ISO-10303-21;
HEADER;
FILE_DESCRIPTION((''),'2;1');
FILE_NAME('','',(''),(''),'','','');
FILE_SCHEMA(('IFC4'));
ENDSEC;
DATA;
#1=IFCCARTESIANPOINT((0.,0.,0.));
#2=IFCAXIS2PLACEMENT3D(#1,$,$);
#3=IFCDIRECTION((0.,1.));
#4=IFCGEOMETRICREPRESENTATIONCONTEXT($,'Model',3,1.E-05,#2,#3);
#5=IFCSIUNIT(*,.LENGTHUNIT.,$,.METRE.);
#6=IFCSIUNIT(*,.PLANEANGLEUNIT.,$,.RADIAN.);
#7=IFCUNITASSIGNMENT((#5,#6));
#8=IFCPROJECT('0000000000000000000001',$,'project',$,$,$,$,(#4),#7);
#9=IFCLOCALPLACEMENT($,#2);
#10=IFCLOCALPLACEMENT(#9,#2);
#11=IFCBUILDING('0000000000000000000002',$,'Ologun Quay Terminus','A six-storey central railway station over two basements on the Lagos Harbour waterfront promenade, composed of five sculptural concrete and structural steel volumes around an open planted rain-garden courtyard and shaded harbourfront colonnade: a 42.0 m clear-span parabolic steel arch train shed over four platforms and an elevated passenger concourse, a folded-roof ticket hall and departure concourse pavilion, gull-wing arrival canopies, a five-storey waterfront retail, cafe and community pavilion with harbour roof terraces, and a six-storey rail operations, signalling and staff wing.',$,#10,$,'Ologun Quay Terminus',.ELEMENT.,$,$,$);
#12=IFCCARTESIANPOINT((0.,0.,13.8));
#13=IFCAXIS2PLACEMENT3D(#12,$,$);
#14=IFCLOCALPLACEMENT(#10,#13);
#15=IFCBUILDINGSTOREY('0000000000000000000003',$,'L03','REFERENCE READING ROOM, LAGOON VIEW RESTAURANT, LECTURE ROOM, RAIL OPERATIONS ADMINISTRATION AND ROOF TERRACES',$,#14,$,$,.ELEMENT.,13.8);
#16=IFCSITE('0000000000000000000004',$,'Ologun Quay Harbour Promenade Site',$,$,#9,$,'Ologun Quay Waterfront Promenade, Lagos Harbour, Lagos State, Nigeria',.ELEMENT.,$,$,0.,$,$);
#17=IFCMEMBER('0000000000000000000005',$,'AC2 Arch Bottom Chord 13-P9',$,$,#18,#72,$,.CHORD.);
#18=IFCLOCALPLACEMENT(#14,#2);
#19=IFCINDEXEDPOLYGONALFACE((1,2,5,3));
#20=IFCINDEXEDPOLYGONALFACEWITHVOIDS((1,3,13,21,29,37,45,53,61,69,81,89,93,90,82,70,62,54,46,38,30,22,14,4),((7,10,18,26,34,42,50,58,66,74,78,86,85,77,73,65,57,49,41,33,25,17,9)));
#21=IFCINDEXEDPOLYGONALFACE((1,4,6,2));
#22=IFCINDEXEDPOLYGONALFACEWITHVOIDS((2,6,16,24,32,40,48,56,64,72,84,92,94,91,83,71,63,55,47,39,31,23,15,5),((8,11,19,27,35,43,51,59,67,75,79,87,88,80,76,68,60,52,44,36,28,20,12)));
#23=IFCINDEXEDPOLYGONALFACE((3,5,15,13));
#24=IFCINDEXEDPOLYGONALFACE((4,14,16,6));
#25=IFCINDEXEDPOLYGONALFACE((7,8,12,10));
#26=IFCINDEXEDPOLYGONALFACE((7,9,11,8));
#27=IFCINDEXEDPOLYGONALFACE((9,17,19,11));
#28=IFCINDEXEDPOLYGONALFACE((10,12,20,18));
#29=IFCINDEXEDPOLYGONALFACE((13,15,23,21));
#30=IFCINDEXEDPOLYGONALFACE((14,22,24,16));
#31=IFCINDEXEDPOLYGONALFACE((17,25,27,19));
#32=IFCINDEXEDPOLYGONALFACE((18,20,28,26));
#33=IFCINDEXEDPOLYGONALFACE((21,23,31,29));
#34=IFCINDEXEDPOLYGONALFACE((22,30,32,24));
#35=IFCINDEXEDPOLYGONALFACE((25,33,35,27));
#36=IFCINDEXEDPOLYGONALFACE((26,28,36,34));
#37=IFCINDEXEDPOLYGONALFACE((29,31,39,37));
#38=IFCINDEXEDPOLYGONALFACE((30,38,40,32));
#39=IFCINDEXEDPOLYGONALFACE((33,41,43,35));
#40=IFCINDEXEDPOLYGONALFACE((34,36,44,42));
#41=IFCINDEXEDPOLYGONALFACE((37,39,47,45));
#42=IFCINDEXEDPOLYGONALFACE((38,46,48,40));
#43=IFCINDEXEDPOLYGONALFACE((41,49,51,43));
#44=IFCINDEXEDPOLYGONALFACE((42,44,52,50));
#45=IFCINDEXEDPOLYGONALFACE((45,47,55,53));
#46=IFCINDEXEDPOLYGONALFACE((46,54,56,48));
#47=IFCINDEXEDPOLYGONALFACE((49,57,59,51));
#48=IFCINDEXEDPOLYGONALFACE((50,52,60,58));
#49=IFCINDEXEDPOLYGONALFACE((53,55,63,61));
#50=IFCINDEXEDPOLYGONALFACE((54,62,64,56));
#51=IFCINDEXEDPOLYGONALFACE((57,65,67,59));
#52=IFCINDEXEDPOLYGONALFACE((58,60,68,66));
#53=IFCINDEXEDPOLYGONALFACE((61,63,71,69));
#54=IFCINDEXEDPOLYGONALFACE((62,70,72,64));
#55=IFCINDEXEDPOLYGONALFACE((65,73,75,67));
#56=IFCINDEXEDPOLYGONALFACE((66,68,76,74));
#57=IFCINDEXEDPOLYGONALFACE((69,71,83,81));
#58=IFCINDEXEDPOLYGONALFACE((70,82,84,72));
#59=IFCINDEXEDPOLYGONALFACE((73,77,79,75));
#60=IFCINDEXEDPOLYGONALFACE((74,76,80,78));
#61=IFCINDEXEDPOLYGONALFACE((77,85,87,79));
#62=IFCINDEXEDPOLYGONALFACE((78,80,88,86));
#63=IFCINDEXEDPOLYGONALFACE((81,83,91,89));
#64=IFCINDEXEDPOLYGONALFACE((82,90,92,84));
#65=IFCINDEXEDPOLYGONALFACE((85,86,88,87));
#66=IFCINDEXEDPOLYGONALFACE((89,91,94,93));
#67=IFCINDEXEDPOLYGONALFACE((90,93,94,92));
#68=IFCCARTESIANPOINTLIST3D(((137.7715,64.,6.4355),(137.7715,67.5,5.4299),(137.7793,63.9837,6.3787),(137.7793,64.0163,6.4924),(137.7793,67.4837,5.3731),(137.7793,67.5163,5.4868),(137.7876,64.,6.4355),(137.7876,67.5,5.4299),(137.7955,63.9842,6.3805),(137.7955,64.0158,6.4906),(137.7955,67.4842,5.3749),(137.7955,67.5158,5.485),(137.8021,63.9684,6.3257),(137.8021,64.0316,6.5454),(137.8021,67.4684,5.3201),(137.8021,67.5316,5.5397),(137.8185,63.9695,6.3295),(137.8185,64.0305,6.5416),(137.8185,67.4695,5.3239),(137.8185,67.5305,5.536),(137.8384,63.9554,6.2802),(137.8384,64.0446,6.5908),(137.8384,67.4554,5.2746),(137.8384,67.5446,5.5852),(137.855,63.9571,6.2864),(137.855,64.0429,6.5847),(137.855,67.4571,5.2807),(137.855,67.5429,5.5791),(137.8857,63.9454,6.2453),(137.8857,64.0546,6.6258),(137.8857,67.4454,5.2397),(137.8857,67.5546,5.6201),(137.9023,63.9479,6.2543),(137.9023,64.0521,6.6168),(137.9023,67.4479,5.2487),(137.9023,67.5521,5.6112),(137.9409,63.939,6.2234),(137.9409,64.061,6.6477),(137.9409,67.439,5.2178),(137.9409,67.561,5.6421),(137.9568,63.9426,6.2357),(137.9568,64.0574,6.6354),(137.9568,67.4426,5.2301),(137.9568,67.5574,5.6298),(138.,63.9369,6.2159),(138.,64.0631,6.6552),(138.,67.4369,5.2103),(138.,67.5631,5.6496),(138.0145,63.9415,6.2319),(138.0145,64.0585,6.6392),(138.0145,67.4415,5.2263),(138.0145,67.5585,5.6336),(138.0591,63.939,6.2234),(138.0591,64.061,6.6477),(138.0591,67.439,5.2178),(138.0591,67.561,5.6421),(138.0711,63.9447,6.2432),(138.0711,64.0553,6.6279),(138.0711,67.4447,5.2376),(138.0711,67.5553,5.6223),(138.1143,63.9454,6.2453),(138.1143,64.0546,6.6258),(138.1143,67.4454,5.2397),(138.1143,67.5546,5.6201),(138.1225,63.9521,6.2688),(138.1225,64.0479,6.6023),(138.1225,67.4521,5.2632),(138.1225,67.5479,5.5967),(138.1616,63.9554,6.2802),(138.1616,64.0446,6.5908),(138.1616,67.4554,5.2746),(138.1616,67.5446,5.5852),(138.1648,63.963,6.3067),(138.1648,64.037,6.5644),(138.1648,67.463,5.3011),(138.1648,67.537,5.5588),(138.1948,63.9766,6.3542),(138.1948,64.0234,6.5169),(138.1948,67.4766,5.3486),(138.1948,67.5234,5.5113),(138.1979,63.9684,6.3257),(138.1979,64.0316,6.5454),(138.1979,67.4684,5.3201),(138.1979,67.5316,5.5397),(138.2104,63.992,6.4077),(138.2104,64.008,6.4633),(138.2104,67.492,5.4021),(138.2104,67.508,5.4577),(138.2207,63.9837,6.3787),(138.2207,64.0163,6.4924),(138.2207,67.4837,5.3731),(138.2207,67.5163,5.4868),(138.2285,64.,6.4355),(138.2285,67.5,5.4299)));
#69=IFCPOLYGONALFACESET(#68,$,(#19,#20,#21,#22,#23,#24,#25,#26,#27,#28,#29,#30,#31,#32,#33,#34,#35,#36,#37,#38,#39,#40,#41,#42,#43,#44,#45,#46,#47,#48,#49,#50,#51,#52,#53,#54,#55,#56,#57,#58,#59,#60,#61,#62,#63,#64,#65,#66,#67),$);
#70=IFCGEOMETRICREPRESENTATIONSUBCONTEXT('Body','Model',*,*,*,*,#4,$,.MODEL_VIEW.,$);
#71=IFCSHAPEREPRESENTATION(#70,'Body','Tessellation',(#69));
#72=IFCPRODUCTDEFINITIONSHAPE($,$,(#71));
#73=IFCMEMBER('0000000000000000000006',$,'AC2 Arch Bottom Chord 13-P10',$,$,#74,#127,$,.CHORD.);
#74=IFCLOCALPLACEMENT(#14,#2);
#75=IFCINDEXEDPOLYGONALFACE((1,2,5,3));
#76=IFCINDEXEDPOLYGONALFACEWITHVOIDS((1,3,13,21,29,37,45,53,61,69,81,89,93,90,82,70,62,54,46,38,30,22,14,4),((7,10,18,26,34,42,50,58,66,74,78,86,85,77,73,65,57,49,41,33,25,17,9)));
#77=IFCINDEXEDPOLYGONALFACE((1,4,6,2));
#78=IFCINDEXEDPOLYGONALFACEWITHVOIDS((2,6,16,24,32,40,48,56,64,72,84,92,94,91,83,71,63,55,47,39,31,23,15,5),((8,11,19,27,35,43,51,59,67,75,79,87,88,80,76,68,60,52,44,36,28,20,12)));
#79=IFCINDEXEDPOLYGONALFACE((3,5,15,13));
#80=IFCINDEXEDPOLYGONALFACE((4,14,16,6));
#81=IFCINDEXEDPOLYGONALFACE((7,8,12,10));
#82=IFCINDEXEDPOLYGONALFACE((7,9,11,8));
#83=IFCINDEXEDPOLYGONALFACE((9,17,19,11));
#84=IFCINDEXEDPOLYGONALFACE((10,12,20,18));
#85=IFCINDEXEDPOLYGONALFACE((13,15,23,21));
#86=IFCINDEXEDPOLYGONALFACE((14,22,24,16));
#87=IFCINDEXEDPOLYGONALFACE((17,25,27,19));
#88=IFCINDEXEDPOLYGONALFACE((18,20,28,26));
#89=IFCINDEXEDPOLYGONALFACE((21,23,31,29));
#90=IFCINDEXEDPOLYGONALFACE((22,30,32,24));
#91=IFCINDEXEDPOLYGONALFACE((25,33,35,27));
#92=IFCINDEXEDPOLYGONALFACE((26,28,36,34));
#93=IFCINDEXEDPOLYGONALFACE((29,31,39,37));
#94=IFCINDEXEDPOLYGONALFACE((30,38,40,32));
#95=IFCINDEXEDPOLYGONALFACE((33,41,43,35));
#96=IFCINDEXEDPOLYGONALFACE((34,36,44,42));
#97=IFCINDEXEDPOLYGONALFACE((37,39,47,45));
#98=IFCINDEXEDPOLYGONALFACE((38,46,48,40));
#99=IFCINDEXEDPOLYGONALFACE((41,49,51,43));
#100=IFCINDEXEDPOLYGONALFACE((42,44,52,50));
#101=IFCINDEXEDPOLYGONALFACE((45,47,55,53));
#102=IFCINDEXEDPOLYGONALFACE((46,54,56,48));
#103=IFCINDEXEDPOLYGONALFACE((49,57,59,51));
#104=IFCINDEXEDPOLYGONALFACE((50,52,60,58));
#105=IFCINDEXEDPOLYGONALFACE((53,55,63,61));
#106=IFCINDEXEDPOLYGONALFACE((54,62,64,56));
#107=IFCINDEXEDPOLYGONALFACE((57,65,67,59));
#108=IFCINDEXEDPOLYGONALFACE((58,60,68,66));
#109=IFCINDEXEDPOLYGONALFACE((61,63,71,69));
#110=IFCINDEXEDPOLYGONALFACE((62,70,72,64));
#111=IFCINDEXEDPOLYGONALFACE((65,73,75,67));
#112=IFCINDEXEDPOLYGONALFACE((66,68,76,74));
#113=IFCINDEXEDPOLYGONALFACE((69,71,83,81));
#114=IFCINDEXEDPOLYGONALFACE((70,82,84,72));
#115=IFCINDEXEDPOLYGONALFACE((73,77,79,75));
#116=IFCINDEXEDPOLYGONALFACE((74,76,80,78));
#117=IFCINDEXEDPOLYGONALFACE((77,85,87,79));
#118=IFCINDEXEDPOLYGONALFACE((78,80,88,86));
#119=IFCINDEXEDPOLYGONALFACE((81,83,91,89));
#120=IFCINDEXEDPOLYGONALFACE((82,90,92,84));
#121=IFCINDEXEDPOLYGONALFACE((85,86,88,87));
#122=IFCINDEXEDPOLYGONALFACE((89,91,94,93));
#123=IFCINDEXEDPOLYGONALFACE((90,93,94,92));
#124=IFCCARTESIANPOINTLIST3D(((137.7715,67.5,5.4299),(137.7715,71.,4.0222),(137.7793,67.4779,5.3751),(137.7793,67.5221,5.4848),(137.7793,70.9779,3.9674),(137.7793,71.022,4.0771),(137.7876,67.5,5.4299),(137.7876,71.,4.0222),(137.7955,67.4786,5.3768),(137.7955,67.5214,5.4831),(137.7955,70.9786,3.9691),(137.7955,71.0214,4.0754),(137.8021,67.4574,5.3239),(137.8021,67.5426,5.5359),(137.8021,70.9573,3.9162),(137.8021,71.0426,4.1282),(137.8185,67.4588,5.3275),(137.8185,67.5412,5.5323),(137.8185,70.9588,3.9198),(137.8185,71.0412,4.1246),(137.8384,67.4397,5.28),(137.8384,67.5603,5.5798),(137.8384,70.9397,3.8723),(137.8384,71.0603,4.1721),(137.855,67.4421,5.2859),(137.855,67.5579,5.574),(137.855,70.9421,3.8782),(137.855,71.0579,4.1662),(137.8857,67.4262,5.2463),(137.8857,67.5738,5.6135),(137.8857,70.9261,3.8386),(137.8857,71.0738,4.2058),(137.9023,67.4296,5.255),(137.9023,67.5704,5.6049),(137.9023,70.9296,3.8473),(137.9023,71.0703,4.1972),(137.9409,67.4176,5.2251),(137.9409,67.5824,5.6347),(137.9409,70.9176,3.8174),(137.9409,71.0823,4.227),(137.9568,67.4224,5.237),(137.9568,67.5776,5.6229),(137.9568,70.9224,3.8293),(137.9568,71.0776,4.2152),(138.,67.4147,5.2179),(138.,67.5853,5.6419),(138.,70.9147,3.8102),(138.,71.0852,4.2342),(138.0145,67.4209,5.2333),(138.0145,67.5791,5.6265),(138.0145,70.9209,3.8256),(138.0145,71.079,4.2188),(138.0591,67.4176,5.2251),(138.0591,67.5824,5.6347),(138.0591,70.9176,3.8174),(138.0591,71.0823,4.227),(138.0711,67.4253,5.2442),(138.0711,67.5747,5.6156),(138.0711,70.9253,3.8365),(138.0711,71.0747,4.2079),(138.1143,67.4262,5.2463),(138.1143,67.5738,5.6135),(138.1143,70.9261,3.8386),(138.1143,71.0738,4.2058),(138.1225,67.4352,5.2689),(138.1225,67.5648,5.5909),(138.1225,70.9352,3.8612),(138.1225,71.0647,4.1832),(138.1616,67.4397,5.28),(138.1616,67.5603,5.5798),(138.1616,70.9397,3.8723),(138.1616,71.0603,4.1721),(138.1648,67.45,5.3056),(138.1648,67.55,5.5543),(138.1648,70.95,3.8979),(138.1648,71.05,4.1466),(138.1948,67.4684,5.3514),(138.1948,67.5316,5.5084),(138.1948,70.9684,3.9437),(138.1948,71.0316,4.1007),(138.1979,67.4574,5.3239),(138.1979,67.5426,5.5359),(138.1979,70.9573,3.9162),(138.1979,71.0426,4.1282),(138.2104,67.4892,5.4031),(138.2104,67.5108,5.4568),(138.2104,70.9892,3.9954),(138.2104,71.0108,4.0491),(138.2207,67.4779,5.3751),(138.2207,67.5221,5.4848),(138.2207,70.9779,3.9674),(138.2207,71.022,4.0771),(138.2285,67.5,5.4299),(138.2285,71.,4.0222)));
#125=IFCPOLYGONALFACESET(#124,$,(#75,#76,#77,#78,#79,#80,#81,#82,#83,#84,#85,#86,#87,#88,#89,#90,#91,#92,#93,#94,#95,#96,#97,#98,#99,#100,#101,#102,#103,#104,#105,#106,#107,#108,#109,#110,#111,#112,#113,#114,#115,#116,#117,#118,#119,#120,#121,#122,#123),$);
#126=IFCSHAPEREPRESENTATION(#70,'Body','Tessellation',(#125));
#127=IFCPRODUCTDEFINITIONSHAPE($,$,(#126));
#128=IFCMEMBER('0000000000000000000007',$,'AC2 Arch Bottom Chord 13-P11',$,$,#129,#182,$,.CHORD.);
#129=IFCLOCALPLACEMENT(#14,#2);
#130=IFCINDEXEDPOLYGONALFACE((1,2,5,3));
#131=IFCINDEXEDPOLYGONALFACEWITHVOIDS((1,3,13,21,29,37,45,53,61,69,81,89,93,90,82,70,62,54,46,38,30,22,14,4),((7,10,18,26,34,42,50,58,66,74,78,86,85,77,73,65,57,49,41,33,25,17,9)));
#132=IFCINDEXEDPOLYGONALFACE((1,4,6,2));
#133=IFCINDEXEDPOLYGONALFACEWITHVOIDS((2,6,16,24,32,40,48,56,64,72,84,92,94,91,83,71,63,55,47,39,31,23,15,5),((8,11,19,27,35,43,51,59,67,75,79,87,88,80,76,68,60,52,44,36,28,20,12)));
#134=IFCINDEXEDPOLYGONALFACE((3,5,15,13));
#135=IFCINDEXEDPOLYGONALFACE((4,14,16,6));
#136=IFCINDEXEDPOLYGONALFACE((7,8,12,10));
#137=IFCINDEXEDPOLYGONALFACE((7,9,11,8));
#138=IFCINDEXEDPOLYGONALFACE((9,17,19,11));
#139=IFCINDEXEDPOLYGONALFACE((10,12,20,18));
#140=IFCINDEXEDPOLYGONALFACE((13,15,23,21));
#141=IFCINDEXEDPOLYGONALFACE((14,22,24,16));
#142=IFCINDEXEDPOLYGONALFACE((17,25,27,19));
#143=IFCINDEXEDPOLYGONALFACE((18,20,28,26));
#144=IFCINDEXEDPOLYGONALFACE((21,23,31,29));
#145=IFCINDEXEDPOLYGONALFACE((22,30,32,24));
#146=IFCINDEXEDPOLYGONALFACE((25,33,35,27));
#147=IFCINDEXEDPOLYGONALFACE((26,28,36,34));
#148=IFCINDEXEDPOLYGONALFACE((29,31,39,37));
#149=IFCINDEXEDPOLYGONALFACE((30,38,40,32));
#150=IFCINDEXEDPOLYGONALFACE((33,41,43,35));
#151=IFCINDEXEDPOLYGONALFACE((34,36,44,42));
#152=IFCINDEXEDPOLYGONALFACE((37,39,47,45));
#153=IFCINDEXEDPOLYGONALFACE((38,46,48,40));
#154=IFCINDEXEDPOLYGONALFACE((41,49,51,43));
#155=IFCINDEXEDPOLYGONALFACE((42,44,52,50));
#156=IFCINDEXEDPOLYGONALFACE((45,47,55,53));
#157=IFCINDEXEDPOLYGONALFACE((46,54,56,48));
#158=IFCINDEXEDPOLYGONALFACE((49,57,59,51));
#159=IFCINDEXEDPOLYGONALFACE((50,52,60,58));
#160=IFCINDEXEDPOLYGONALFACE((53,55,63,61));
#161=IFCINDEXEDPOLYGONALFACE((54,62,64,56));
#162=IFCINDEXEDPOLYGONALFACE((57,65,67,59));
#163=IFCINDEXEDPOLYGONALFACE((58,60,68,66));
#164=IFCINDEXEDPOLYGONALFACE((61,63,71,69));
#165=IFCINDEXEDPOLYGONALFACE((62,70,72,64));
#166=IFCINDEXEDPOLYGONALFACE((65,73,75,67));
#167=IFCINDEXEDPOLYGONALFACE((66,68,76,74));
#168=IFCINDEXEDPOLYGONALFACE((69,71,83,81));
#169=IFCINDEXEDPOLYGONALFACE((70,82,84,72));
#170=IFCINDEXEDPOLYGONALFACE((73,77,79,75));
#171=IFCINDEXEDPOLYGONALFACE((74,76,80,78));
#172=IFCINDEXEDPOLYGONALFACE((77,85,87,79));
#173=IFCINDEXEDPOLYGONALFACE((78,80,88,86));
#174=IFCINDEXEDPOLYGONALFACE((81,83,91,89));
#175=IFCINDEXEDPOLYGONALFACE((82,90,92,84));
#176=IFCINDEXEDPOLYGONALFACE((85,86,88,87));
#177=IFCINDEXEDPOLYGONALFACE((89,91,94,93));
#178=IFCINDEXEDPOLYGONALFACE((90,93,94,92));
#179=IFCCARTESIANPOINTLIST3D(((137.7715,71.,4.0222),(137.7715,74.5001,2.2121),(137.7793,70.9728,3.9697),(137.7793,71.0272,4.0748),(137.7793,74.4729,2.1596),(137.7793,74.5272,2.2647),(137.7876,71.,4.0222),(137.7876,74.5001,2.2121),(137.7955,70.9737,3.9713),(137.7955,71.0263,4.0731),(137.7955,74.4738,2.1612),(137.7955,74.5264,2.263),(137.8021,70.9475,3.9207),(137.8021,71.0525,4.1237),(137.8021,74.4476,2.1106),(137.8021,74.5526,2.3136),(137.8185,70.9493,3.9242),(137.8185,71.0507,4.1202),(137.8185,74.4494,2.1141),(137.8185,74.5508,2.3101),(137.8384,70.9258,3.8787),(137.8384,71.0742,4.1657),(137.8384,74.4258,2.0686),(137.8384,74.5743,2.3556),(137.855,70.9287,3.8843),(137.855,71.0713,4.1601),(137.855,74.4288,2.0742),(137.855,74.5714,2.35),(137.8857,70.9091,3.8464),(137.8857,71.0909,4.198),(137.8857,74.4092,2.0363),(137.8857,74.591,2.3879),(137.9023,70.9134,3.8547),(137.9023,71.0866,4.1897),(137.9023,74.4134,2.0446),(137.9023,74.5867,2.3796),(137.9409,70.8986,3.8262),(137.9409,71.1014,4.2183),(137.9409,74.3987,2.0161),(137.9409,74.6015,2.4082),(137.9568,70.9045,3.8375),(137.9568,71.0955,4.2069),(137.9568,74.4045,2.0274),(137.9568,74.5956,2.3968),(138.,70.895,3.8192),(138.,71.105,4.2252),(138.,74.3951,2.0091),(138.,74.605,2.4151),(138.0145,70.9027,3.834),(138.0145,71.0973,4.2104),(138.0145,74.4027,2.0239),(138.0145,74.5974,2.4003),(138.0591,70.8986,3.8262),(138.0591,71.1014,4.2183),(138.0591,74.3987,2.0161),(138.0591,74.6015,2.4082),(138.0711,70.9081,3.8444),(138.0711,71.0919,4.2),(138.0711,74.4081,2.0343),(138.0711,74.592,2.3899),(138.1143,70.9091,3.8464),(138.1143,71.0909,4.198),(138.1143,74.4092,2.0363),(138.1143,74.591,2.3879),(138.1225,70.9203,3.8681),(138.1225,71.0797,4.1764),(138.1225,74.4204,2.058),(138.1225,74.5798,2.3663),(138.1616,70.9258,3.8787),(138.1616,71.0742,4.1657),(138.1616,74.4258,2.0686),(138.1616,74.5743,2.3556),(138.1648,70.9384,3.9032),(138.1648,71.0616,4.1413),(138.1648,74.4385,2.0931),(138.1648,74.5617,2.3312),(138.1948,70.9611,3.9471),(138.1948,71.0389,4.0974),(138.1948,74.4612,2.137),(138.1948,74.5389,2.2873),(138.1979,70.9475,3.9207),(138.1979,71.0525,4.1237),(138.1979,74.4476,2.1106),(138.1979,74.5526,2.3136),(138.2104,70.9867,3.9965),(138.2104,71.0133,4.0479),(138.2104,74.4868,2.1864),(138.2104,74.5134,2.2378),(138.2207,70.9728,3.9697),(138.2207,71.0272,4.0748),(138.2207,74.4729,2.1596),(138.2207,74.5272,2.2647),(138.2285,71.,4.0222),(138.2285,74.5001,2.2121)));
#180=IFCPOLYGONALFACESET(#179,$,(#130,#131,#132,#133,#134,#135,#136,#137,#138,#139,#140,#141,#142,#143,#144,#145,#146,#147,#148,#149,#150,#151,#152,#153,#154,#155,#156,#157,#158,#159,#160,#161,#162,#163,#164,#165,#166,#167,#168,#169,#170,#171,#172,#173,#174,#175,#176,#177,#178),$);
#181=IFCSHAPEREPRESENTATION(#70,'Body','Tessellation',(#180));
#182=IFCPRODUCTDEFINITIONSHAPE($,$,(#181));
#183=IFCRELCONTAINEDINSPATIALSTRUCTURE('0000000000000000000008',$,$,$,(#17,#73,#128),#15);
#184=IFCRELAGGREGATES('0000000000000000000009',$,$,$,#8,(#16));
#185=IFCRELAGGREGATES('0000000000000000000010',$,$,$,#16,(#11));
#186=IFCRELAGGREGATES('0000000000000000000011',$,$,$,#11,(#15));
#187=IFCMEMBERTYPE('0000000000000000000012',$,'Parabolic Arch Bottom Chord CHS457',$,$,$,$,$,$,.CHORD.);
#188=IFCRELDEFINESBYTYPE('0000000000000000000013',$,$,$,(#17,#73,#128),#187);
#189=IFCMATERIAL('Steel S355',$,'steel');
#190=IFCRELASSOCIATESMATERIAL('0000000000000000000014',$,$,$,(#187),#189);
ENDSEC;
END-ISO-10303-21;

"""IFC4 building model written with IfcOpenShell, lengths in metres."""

from ifc_helpers import new_model, si_unit, direction, frame, origin, origin_2d, place, context, subcontext, project, spatial, hollow_circle, extrude, material, material_profile, profile_set, type_object, element, save


model = new_model("IFC4")

# Units and contexts
model_context = context("Model", 3, precision=1e-05, world=origin(), true_north=direction((0.0, 1.0)))
body_context = subcontext(model_context, "Body", "Model", "MODEL_VIEW")
ifc_project = project(units=[si_unit("LENGTHUNIT", "METRE"), si_unit("PLANEANGLEUNIT", "RADIAN")], contexts=[model_context])

# Site, building, storey
site_placement = place(None, origin())
site = spatial("IfcSite", under=ifc_project, at=site_placement, Name="Ologun Quay Harbour Promenade Site", LongName="Ologun Quay Waterfront Promenade, Lagos Harbour, Lagos State, Nigeria", CompositionType="ELEMENT", RefElevation=0.0)
building_placement = place(site_placement, origin())
building = spatial("IfcBuilding", under=site, at=building_placement, Name="Ologun Quay Terminus", Description="A six-storey central railway station over two basements on the Lagos Harbour waterfront promenade, composed of five sculptural concrete and structural steel volumes around an open planted rain-garden courtyard and shaded harbourfront colonnade: a 42.0 m clear-span parabolic steel arch train shed over four platforms and an elevated passenger concourse, a folded-roof ticket hall and departure concourse pavilion, gull-wing arrival canopies, a five-storey waterfront retail, cafe and community pavilion with harbour roof terraces, and a six-storey rail operations, signalling and staff wing.", LongName="Ologun Quay Terminus", CompositionType="ELEMENT")
storey_placement = place(building_placement, frame((0.0, 0.0, 13.8)))
storey = spatial("IfcBuildingStorey", under=building, at=storey_placement, Name="L03", Description="REFERENCE READING ROOM, LAGOON VIEW RESTAURANT, LECTURE ROOM, RAIL OPERATIONS ADMINISTRATION AND ROOF TERRACES", CompositionType="ELEMENT", Elevation=13.8)

# Members
ifc_material_1 = material(Name="Steel S355", Category="steel")
ifc_material_profile_1 = material_profile(ifc_material_1, hollow_circle(Radius=0.2285, WallThickness=0.0161, at=origin_2d()), Name="CHS 457x16")
ifc_profile_set_1 = profile_set([ifc_material_profile_1], Name="Steel S355")
member_type_1 = type_object("IfcMemberType", Name="Parabolic Arch Bottom Chord CHS457", PredefinedType="CHORD", material=ifc_profile_set_1)
member_1_placement = place(storey_placement, frame((138.0, 64.0, 6.4355), z_axis=(0.0, 0.961116, -0.276146), x_axis=(-1.0, 0.0, 0.0)))
element("IfcMember", 1, at=member_1_placement, inside=storey, type_object=member_type_1, Name="AC2 Arch Bottom Chord 13-P9", PredefinedType="CHORD", context=body_context, shape_type="SweptSolid", body=[
    extrude(hollow_circle(Radius=0.2285, WallThickness=0.0161, at=origin_2d()), origin(), (0.0, 0.0, 1.0), 3.6416),
])
member_2_placement = place(storey_placement, frame((138.0, 67.5, 5.4299), z_axis=(0.0, 0.92777, -0.373153), x_axis=(-1.0, 0.0, 0.0)))
element("IfcMember", 2, at=member_2_placement, inside=storey, type_object=member_type_1, Name="AC2 Arch Bottom Chord 13-P10", PredefinedType="CHORD", context=body_context, shape_type="SweptSolid", body=[
    extrude(hollow_circle(Radius=0.2285, WallThickness=0.0161, at=origin_2d()), origin(), (0.0, 0.0, 1.0), 3.7725),
])
member_3_placement = place(storey_placement, frame((138.0, 71.0, 4.0222), z_axis=(0.0, 0.888247, -0.459366), x_axis=(-1.0, 0.0, 0.0)))
element("IfcMember", 3, at=member_3_placement, inside=storey, type_object=member_type_1, Name="AC2 Arch Bottom Chord 13-P11", PredefinedType="CHORD", context=body_context, shape_type="SweptSolid", body=[
    extrude(hollow_circle(Radius=0.2285, WallThickness=0.0161, at=origin_2d()), origin(), (0.0, 0.0, 1.0), 3.9404),
])

save(model, "model.ifc")
